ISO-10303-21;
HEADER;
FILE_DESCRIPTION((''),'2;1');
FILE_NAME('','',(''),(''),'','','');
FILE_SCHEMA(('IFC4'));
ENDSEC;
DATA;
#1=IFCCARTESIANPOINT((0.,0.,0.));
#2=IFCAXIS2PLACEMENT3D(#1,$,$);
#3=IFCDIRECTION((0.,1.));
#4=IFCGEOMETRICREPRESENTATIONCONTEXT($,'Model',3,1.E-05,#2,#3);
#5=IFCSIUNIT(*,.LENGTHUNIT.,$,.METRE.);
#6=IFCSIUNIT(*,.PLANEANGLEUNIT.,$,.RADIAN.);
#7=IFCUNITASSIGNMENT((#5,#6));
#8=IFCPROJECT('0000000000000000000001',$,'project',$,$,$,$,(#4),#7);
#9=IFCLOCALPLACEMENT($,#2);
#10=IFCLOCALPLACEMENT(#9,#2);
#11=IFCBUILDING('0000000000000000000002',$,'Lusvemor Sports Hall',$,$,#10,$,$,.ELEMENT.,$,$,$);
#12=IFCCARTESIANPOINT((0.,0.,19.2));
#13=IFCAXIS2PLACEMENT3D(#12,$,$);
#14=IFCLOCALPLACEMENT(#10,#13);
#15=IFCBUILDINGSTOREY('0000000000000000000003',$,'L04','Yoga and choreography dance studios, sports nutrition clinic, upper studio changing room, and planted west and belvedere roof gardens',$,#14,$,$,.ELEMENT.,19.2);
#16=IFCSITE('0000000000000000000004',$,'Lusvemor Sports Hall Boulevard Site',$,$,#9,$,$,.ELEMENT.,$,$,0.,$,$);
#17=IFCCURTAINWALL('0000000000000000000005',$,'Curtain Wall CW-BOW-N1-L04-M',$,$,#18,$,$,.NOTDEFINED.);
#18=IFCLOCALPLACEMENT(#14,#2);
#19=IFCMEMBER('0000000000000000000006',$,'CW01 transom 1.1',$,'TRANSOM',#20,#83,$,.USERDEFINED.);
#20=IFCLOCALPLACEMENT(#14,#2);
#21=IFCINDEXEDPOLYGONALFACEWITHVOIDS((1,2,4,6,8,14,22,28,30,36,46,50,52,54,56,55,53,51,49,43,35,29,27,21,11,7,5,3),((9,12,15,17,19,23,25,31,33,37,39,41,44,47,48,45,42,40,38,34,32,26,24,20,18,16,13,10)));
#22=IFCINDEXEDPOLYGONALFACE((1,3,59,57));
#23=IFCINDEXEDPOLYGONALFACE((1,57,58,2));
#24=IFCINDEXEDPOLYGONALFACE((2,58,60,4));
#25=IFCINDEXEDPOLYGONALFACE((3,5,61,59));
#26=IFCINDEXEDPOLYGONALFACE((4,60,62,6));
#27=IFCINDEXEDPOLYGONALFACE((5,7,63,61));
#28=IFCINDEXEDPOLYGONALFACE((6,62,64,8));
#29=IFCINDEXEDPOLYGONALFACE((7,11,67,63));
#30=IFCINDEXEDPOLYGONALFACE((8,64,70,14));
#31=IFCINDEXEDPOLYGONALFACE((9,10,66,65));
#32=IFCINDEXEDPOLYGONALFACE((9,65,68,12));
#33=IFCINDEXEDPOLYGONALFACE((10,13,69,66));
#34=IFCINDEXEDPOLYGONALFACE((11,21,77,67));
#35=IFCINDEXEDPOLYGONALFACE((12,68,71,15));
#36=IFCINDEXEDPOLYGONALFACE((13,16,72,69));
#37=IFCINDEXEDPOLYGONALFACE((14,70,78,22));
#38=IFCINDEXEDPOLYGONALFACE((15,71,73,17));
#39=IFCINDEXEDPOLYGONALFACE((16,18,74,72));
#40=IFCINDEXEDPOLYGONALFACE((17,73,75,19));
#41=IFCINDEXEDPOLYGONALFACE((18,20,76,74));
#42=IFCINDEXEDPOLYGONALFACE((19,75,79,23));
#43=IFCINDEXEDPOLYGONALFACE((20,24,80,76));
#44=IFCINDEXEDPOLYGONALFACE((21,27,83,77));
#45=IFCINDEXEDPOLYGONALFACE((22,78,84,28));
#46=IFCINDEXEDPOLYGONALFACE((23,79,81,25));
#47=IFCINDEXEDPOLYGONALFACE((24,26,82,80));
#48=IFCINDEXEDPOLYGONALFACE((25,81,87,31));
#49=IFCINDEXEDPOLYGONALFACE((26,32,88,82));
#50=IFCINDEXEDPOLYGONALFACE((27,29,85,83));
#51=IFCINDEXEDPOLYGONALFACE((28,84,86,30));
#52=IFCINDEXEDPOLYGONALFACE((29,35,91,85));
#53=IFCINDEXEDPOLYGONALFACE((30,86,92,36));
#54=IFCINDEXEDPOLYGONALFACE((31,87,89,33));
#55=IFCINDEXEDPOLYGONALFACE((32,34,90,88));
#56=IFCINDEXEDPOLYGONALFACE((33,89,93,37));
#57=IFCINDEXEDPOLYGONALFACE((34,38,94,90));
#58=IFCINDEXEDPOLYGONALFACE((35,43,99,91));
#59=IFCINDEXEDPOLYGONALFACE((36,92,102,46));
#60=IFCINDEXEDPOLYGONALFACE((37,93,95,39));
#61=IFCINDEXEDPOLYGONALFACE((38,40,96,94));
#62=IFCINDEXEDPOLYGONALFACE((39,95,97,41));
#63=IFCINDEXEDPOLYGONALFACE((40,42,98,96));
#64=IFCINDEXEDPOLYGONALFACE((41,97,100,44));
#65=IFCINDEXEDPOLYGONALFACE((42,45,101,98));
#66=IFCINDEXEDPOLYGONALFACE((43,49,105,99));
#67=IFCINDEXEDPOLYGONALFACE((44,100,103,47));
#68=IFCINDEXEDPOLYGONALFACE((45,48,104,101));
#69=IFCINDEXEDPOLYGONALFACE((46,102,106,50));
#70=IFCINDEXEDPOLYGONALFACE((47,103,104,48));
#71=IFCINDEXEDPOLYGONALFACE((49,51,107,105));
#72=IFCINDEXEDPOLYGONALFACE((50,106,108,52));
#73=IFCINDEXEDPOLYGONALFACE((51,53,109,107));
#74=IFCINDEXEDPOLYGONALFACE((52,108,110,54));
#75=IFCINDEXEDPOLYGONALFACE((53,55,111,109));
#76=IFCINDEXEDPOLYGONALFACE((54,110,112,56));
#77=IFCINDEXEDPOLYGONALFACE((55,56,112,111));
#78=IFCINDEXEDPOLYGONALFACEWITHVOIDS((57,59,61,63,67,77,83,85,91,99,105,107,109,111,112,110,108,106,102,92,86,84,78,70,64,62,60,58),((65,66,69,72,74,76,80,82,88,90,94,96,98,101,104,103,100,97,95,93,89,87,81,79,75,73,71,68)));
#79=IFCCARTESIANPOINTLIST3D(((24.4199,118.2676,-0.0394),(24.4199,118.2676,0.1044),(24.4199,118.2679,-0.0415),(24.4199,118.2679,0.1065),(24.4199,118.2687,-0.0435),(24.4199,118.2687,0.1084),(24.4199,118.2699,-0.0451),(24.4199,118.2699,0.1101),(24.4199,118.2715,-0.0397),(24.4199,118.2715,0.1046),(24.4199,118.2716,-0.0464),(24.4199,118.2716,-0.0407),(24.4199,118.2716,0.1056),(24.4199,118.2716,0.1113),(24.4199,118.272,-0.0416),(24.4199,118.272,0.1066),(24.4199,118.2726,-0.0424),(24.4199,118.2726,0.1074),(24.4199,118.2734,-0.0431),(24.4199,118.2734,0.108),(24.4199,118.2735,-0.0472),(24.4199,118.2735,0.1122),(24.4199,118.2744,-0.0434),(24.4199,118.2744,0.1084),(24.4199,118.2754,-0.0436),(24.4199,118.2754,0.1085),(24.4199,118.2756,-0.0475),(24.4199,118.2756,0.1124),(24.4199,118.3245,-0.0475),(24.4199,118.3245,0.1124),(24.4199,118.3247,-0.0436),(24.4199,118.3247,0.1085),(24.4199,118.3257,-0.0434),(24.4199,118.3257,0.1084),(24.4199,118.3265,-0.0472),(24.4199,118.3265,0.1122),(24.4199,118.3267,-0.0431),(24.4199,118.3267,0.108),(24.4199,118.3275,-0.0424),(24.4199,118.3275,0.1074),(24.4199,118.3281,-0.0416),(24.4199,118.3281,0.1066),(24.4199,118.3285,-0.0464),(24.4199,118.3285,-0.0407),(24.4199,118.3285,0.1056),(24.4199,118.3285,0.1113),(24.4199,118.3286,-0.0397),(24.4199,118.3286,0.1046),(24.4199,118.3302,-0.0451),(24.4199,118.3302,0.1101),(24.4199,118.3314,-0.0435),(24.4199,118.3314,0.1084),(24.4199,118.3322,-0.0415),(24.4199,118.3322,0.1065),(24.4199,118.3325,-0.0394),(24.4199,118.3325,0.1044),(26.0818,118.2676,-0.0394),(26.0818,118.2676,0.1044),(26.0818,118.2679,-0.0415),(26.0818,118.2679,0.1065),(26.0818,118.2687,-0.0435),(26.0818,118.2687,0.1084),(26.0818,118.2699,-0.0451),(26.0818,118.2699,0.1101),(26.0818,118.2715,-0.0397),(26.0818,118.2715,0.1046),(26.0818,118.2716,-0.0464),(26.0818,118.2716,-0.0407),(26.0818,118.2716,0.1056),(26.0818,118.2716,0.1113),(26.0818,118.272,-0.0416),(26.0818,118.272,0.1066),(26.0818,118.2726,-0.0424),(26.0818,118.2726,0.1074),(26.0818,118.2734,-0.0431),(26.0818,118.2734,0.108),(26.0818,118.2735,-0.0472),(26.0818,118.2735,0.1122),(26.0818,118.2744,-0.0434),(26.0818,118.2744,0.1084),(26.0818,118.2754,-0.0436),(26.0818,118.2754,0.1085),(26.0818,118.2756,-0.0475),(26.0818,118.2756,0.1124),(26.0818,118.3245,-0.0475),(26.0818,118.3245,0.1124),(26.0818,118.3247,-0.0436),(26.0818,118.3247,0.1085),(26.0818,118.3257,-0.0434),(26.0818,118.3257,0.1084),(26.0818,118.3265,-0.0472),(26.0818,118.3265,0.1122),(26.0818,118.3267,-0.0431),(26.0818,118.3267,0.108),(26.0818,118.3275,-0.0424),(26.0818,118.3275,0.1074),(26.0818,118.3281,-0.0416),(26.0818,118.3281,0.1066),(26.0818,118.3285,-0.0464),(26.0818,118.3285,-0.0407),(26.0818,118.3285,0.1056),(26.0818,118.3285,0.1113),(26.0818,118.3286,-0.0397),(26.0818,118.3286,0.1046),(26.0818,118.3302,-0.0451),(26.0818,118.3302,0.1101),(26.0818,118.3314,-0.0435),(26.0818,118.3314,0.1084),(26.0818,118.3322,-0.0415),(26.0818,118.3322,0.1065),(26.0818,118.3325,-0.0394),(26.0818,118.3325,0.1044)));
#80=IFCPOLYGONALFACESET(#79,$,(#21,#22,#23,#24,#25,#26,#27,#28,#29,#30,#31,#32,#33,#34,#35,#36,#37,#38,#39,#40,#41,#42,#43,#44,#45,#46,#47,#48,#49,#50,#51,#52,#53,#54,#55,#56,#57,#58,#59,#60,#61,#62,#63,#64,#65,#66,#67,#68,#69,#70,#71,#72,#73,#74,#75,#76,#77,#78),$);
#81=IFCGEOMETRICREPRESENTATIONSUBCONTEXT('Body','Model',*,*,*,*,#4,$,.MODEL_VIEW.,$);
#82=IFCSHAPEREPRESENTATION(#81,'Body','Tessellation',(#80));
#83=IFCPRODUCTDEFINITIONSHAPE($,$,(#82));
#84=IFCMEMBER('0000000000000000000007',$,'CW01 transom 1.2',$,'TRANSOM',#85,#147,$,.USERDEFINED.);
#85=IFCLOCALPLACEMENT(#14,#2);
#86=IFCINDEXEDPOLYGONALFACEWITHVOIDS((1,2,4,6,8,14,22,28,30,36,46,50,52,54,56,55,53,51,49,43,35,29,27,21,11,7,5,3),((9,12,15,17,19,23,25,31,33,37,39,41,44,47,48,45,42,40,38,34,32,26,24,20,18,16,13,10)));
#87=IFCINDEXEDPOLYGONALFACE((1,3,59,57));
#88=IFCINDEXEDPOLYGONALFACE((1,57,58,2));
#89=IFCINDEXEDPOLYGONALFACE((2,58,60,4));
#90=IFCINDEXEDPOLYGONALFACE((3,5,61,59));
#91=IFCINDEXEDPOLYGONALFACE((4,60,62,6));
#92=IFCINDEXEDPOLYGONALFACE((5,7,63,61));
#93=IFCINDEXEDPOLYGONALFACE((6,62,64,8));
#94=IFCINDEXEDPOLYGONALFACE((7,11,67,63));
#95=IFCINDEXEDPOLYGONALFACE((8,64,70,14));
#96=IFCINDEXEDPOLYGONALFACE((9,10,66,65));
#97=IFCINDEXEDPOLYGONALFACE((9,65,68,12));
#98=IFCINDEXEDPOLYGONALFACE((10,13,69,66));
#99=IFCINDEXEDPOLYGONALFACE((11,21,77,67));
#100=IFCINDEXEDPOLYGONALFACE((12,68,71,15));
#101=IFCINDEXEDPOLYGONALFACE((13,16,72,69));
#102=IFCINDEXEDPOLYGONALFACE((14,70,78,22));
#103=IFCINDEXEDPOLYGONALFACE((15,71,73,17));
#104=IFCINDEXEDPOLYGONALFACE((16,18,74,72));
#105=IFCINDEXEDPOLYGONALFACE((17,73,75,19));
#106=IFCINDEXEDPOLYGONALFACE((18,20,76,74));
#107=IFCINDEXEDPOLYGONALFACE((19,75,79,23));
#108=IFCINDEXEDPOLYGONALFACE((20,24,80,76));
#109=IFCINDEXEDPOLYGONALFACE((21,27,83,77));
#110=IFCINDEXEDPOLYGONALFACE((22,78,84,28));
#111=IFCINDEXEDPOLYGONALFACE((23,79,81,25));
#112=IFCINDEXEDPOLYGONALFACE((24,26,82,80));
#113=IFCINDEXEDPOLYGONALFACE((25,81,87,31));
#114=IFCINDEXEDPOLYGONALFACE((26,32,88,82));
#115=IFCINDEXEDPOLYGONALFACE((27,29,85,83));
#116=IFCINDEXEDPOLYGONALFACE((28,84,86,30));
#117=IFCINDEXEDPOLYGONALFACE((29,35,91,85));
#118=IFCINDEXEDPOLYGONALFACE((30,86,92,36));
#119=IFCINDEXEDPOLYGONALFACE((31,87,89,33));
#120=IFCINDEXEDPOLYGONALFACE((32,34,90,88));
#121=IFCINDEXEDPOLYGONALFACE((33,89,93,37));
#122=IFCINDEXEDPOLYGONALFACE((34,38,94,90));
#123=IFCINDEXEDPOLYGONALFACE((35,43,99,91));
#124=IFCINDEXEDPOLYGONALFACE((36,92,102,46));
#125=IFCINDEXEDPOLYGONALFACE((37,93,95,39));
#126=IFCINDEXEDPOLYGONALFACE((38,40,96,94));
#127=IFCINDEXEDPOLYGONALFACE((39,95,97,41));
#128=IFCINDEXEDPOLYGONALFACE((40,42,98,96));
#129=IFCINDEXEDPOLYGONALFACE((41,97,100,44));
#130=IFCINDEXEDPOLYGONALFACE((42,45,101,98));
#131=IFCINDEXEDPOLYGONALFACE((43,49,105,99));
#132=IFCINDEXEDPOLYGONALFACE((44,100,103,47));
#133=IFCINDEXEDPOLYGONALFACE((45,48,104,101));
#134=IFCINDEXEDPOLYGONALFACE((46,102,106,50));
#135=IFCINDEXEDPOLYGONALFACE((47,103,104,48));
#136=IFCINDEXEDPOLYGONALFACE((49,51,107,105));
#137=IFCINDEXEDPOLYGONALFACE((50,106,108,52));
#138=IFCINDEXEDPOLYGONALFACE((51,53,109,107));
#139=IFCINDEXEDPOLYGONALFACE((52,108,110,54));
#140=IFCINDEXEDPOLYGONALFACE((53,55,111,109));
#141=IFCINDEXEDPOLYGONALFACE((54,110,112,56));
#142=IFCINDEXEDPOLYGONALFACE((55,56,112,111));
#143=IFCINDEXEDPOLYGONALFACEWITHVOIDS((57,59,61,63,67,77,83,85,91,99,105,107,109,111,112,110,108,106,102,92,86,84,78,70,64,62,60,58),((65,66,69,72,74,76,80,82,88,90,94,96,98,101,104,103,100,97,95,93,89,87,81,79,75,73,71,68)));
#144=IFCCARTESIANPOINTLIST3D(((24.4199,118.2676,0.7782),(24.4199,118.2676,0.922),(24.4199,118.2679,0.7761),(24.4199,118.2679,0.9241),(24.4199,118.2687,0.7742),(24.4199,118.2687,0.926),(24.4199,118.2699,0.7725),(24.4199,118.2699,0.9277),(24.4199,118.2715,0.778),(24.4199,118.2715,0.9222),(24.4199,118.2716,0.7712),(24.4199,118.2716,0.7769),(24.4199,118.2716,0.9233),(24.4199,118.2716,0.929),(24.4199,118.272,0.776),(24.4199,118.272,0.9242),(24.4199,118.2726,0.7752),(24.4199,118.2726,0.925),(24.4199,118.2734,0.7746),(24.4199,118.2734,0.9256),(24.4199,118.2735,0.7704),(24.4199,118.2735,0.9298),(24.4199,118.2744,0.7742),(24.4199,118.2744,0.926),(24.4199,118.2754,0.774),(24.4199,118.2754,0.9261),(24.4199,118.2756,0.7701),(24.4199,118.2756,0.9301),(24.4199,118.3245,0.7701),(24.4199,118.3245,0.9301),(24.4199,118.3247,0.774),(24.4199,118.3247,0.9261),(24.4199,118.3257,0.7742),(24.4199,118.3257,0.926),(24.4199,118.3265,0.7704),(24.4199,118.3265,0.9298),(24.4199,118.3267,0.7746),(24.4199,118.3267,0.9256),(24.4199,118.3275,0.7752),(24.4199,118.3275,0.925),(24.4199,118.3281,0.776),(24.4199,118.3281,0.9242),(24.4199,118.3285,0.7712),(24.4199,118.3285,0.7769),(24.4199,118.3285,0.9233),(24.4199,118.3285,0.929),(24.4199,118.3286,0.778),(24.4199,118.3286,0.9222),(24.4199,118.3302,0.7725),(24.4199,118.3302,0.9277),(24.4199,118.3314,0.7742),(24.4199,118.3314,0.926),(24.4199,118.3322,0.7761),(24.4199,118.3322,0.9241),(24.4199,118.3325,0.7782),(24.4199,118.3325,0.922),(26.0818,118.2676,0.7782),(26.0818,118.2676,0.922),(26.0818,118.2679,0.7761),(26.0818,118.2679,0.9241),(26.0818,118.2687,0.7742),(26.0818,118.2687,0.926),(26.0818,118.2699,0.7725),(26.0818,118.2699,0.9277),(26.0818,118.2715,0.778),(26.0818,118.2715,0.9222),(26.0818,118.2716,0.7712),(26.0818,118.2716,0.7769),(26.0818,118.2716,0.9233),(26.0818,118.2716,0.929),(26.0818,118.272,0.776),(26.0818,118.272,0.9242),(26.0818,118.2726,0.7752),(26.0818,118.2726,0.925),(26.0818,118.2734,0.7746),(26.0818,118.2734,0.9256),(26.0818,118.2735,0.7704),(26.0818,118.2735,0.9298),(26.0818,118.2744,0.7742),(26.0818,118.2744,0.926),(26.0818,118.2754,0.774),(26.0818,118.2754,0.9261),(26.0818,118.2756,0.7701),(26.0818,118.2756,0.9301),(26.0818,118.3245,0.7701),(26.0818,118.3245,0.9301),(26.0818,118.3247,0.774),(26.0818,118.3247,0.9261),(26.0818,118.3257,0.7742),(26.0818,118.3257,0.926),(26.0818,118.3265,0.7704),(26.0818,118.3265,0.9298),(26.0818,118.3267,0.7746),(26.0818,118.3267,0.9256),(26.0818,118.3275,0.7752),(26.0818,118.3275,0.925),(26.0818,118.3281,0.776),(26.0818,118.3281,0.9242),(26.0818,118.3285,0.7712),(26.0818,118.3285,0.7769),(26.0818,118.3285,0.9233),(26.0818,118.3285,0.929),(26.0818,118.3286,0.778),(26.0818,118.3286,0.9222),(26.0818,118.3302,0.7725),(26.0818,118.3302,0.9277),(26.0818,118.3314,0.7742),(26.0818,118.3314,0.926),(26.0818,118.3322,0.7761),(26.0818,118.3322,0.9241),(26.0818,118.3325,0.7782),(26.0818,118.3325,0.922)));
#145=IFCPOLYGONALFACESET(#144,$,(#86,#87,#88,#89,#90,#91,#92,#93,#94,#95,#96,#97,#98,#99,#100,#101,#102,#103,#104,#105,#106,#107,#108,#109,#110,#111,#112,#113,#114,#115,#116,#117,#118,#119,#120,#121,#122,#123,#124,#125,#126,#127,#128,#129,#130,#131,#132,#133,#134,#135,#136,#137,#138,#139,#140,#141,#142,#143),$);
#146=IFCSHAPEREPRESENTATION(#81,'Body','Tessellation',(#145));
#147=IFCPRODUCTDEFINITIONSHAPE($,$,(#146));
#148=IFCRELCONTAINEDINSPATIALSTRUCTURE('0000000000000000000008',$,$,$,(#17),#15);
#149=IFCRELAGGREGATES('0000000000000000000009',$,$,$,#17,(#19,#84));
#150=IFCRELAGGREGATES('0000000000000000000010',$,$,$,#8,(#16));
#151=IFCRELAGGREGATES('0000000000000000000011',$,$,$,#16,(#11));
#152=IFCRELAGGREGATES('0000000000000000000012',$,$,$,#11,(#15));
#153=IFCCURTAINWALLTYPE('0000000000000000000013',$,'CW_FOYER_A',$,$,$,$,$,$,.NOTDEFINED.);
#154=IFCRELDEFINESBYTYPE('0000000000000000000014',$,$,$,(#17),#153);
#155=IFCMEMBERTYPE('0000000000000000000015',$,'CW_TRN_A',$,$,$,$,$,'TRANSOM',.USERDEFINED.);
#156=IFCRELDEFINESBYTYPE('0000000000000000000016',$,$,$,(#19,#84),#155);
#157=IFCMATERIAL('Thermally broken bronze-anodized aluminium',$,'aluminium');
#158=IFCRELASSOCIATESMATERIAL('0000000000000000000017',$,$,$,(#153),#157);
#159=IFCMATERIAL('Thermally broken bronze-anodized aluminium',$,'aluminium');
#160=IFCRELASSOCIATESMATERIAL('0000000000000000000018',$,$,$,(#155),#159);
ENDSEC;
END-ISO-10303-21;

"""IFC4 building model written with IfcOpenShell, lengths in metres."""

from ifc_helpers import new_model, si_unit, direction, frame, origin, origin_2d, place, context, subcontext, project, spatial, hollow_rectangle, extrude, material, material_profile, profile_set, type_object, element, aggregate, save


model = new_model("IFC4")

# Units and contexts
model_context = context("Model", 3, precision=1e-05, world=origin(), true_north=direction((0.0, 1.0)))
body_context = subcontext(model_context, "Body", "Model", "MODEL_VIEW")
ifc_project = project(units=[si_unit("LENGTHUNIT", "METRE"), si_unit("PLANEANGLEUNIT", "RADIAN")], contexts=[model_context])

# Site, building, storey
site_placement = place(None, origin())
site = spatial("IfcSite", under=ifc_project, at=site_placement, Name="Lusvemor Sports Hall Boulevard Site", CompositionType="ELEMENT", RefElevation=0.0)
building_placement = place(site_placement, origin())
building = spatial("IfcBuilding", under=site, at=building_placement, Name="Lusvemor Sports Hall", CompositionType="ELEMENT")
storey_placement = place(building_placement, frame((0.0, 0.0, 19.2)))
storey = spatial("IfcBuildingStorey", under=building, at=storey_placement, Name="L04", Description="Yoga and choreography dance studios, sports nutrition clinic, upper studio changing room, and planted west and belvedere roof gardens", CompositionType="ELEMENT", Elevation=19.2)

# Curtain wall
ifc_material_1 = material(Name="Thermally broken bronze-anodized aluminium", Category="aluminium")
curtain_wall_type_1 = type_object("IfcCurtainWallType", Name="CW_FOYER_A", PredefinedType="NOTDEFINED", material=ifc_material_1)
curtain_wall_1_placement = place(storey_placement, origin())
curtain_wall_1 = element("IfcCurtainWall", 1, at=curtain_wall_1_placement, inside=storey, type_object=curtain_wall_type_1, Name="Curtain Wall CW-BOW-N1-L04-M", PredefinedType="NOTDEFINED")

# Members
ifc_material_2 = material(Name="Thermally broken bronze-anodized aluminium", Category="aluminium")
ifc_material_profile_1 = material_profile(ifc_material_2, hollow_rectangle(XDim=0.0649, YDim=0.1599, WallThickness=0.0039, InnerFilletRadius=0.0039, OuterFilletRadius=0.0081, at=origin_2d()), Name="CWTRN160x65x4")
ifc_profile_set_1 = profile_set([ifc_material_profile_1], Name="Thermally broken bronze-anodized aluminium")
member_type_1 = type_object("IfcMemberType", Name="CW_TRN_A", ElementType="TRANSOM", PredefinedType="USERDEFINED", material=ifc_profile_set_1)
member_1_placement = place(storey_placement, frame((24.4199, 118.3, 0.0325), z_axis=(1.0, 0.0, 0.0), x_axis=(0.0, 1.0, 0.0)))
member_1 = element("IfcMember", 2, at=member_1_placement, type_object=member_type_1, Name="CW01 transom 1.1", ObjectType="TRANSOM", PredefinedType="USERDEFINED", context=body_context, shape_type="SweptSolid", body=[
    extrude(hollow_rectangle(XDim=0.0649, YDim=0.1599, WallThickness=0.0039, InnerFilletRadius=0.0039, OuterFilletRadius=0.0081, at=origin_2d()), origin(), (0.0, 0.0, 1.0), 1.6619),
])
member_2_placement = place(storey_placement, frame((24.4199, 118.3, 0.8501), z_axis=(1.0, 0.0, 0.0), x_axis=(0.0, 1.0, 0.0)))
member_2 = element("IfcMember", 3, at=member_2_placement, type_object=member_type_1, Name="CW01 transom 1.2", ObjectType="TRANSOM", PredefinedType="USERDEFINED", context=body_context, shape_type="SweptSolid", body=[
    extrude(hollow_rectangle(XDim=0.0649, YDim=0.1599, WallThickness=0.0039, InnerFilletRadius=0.0039, OuterFilletRadius=0.0081, at=origin_2d()), origin(), (0.0, 0.0, 1.0), 1.6619),
])

aggregate(curtain_wall_1, [member_1, member_2])

save(model, "model.ifc")
